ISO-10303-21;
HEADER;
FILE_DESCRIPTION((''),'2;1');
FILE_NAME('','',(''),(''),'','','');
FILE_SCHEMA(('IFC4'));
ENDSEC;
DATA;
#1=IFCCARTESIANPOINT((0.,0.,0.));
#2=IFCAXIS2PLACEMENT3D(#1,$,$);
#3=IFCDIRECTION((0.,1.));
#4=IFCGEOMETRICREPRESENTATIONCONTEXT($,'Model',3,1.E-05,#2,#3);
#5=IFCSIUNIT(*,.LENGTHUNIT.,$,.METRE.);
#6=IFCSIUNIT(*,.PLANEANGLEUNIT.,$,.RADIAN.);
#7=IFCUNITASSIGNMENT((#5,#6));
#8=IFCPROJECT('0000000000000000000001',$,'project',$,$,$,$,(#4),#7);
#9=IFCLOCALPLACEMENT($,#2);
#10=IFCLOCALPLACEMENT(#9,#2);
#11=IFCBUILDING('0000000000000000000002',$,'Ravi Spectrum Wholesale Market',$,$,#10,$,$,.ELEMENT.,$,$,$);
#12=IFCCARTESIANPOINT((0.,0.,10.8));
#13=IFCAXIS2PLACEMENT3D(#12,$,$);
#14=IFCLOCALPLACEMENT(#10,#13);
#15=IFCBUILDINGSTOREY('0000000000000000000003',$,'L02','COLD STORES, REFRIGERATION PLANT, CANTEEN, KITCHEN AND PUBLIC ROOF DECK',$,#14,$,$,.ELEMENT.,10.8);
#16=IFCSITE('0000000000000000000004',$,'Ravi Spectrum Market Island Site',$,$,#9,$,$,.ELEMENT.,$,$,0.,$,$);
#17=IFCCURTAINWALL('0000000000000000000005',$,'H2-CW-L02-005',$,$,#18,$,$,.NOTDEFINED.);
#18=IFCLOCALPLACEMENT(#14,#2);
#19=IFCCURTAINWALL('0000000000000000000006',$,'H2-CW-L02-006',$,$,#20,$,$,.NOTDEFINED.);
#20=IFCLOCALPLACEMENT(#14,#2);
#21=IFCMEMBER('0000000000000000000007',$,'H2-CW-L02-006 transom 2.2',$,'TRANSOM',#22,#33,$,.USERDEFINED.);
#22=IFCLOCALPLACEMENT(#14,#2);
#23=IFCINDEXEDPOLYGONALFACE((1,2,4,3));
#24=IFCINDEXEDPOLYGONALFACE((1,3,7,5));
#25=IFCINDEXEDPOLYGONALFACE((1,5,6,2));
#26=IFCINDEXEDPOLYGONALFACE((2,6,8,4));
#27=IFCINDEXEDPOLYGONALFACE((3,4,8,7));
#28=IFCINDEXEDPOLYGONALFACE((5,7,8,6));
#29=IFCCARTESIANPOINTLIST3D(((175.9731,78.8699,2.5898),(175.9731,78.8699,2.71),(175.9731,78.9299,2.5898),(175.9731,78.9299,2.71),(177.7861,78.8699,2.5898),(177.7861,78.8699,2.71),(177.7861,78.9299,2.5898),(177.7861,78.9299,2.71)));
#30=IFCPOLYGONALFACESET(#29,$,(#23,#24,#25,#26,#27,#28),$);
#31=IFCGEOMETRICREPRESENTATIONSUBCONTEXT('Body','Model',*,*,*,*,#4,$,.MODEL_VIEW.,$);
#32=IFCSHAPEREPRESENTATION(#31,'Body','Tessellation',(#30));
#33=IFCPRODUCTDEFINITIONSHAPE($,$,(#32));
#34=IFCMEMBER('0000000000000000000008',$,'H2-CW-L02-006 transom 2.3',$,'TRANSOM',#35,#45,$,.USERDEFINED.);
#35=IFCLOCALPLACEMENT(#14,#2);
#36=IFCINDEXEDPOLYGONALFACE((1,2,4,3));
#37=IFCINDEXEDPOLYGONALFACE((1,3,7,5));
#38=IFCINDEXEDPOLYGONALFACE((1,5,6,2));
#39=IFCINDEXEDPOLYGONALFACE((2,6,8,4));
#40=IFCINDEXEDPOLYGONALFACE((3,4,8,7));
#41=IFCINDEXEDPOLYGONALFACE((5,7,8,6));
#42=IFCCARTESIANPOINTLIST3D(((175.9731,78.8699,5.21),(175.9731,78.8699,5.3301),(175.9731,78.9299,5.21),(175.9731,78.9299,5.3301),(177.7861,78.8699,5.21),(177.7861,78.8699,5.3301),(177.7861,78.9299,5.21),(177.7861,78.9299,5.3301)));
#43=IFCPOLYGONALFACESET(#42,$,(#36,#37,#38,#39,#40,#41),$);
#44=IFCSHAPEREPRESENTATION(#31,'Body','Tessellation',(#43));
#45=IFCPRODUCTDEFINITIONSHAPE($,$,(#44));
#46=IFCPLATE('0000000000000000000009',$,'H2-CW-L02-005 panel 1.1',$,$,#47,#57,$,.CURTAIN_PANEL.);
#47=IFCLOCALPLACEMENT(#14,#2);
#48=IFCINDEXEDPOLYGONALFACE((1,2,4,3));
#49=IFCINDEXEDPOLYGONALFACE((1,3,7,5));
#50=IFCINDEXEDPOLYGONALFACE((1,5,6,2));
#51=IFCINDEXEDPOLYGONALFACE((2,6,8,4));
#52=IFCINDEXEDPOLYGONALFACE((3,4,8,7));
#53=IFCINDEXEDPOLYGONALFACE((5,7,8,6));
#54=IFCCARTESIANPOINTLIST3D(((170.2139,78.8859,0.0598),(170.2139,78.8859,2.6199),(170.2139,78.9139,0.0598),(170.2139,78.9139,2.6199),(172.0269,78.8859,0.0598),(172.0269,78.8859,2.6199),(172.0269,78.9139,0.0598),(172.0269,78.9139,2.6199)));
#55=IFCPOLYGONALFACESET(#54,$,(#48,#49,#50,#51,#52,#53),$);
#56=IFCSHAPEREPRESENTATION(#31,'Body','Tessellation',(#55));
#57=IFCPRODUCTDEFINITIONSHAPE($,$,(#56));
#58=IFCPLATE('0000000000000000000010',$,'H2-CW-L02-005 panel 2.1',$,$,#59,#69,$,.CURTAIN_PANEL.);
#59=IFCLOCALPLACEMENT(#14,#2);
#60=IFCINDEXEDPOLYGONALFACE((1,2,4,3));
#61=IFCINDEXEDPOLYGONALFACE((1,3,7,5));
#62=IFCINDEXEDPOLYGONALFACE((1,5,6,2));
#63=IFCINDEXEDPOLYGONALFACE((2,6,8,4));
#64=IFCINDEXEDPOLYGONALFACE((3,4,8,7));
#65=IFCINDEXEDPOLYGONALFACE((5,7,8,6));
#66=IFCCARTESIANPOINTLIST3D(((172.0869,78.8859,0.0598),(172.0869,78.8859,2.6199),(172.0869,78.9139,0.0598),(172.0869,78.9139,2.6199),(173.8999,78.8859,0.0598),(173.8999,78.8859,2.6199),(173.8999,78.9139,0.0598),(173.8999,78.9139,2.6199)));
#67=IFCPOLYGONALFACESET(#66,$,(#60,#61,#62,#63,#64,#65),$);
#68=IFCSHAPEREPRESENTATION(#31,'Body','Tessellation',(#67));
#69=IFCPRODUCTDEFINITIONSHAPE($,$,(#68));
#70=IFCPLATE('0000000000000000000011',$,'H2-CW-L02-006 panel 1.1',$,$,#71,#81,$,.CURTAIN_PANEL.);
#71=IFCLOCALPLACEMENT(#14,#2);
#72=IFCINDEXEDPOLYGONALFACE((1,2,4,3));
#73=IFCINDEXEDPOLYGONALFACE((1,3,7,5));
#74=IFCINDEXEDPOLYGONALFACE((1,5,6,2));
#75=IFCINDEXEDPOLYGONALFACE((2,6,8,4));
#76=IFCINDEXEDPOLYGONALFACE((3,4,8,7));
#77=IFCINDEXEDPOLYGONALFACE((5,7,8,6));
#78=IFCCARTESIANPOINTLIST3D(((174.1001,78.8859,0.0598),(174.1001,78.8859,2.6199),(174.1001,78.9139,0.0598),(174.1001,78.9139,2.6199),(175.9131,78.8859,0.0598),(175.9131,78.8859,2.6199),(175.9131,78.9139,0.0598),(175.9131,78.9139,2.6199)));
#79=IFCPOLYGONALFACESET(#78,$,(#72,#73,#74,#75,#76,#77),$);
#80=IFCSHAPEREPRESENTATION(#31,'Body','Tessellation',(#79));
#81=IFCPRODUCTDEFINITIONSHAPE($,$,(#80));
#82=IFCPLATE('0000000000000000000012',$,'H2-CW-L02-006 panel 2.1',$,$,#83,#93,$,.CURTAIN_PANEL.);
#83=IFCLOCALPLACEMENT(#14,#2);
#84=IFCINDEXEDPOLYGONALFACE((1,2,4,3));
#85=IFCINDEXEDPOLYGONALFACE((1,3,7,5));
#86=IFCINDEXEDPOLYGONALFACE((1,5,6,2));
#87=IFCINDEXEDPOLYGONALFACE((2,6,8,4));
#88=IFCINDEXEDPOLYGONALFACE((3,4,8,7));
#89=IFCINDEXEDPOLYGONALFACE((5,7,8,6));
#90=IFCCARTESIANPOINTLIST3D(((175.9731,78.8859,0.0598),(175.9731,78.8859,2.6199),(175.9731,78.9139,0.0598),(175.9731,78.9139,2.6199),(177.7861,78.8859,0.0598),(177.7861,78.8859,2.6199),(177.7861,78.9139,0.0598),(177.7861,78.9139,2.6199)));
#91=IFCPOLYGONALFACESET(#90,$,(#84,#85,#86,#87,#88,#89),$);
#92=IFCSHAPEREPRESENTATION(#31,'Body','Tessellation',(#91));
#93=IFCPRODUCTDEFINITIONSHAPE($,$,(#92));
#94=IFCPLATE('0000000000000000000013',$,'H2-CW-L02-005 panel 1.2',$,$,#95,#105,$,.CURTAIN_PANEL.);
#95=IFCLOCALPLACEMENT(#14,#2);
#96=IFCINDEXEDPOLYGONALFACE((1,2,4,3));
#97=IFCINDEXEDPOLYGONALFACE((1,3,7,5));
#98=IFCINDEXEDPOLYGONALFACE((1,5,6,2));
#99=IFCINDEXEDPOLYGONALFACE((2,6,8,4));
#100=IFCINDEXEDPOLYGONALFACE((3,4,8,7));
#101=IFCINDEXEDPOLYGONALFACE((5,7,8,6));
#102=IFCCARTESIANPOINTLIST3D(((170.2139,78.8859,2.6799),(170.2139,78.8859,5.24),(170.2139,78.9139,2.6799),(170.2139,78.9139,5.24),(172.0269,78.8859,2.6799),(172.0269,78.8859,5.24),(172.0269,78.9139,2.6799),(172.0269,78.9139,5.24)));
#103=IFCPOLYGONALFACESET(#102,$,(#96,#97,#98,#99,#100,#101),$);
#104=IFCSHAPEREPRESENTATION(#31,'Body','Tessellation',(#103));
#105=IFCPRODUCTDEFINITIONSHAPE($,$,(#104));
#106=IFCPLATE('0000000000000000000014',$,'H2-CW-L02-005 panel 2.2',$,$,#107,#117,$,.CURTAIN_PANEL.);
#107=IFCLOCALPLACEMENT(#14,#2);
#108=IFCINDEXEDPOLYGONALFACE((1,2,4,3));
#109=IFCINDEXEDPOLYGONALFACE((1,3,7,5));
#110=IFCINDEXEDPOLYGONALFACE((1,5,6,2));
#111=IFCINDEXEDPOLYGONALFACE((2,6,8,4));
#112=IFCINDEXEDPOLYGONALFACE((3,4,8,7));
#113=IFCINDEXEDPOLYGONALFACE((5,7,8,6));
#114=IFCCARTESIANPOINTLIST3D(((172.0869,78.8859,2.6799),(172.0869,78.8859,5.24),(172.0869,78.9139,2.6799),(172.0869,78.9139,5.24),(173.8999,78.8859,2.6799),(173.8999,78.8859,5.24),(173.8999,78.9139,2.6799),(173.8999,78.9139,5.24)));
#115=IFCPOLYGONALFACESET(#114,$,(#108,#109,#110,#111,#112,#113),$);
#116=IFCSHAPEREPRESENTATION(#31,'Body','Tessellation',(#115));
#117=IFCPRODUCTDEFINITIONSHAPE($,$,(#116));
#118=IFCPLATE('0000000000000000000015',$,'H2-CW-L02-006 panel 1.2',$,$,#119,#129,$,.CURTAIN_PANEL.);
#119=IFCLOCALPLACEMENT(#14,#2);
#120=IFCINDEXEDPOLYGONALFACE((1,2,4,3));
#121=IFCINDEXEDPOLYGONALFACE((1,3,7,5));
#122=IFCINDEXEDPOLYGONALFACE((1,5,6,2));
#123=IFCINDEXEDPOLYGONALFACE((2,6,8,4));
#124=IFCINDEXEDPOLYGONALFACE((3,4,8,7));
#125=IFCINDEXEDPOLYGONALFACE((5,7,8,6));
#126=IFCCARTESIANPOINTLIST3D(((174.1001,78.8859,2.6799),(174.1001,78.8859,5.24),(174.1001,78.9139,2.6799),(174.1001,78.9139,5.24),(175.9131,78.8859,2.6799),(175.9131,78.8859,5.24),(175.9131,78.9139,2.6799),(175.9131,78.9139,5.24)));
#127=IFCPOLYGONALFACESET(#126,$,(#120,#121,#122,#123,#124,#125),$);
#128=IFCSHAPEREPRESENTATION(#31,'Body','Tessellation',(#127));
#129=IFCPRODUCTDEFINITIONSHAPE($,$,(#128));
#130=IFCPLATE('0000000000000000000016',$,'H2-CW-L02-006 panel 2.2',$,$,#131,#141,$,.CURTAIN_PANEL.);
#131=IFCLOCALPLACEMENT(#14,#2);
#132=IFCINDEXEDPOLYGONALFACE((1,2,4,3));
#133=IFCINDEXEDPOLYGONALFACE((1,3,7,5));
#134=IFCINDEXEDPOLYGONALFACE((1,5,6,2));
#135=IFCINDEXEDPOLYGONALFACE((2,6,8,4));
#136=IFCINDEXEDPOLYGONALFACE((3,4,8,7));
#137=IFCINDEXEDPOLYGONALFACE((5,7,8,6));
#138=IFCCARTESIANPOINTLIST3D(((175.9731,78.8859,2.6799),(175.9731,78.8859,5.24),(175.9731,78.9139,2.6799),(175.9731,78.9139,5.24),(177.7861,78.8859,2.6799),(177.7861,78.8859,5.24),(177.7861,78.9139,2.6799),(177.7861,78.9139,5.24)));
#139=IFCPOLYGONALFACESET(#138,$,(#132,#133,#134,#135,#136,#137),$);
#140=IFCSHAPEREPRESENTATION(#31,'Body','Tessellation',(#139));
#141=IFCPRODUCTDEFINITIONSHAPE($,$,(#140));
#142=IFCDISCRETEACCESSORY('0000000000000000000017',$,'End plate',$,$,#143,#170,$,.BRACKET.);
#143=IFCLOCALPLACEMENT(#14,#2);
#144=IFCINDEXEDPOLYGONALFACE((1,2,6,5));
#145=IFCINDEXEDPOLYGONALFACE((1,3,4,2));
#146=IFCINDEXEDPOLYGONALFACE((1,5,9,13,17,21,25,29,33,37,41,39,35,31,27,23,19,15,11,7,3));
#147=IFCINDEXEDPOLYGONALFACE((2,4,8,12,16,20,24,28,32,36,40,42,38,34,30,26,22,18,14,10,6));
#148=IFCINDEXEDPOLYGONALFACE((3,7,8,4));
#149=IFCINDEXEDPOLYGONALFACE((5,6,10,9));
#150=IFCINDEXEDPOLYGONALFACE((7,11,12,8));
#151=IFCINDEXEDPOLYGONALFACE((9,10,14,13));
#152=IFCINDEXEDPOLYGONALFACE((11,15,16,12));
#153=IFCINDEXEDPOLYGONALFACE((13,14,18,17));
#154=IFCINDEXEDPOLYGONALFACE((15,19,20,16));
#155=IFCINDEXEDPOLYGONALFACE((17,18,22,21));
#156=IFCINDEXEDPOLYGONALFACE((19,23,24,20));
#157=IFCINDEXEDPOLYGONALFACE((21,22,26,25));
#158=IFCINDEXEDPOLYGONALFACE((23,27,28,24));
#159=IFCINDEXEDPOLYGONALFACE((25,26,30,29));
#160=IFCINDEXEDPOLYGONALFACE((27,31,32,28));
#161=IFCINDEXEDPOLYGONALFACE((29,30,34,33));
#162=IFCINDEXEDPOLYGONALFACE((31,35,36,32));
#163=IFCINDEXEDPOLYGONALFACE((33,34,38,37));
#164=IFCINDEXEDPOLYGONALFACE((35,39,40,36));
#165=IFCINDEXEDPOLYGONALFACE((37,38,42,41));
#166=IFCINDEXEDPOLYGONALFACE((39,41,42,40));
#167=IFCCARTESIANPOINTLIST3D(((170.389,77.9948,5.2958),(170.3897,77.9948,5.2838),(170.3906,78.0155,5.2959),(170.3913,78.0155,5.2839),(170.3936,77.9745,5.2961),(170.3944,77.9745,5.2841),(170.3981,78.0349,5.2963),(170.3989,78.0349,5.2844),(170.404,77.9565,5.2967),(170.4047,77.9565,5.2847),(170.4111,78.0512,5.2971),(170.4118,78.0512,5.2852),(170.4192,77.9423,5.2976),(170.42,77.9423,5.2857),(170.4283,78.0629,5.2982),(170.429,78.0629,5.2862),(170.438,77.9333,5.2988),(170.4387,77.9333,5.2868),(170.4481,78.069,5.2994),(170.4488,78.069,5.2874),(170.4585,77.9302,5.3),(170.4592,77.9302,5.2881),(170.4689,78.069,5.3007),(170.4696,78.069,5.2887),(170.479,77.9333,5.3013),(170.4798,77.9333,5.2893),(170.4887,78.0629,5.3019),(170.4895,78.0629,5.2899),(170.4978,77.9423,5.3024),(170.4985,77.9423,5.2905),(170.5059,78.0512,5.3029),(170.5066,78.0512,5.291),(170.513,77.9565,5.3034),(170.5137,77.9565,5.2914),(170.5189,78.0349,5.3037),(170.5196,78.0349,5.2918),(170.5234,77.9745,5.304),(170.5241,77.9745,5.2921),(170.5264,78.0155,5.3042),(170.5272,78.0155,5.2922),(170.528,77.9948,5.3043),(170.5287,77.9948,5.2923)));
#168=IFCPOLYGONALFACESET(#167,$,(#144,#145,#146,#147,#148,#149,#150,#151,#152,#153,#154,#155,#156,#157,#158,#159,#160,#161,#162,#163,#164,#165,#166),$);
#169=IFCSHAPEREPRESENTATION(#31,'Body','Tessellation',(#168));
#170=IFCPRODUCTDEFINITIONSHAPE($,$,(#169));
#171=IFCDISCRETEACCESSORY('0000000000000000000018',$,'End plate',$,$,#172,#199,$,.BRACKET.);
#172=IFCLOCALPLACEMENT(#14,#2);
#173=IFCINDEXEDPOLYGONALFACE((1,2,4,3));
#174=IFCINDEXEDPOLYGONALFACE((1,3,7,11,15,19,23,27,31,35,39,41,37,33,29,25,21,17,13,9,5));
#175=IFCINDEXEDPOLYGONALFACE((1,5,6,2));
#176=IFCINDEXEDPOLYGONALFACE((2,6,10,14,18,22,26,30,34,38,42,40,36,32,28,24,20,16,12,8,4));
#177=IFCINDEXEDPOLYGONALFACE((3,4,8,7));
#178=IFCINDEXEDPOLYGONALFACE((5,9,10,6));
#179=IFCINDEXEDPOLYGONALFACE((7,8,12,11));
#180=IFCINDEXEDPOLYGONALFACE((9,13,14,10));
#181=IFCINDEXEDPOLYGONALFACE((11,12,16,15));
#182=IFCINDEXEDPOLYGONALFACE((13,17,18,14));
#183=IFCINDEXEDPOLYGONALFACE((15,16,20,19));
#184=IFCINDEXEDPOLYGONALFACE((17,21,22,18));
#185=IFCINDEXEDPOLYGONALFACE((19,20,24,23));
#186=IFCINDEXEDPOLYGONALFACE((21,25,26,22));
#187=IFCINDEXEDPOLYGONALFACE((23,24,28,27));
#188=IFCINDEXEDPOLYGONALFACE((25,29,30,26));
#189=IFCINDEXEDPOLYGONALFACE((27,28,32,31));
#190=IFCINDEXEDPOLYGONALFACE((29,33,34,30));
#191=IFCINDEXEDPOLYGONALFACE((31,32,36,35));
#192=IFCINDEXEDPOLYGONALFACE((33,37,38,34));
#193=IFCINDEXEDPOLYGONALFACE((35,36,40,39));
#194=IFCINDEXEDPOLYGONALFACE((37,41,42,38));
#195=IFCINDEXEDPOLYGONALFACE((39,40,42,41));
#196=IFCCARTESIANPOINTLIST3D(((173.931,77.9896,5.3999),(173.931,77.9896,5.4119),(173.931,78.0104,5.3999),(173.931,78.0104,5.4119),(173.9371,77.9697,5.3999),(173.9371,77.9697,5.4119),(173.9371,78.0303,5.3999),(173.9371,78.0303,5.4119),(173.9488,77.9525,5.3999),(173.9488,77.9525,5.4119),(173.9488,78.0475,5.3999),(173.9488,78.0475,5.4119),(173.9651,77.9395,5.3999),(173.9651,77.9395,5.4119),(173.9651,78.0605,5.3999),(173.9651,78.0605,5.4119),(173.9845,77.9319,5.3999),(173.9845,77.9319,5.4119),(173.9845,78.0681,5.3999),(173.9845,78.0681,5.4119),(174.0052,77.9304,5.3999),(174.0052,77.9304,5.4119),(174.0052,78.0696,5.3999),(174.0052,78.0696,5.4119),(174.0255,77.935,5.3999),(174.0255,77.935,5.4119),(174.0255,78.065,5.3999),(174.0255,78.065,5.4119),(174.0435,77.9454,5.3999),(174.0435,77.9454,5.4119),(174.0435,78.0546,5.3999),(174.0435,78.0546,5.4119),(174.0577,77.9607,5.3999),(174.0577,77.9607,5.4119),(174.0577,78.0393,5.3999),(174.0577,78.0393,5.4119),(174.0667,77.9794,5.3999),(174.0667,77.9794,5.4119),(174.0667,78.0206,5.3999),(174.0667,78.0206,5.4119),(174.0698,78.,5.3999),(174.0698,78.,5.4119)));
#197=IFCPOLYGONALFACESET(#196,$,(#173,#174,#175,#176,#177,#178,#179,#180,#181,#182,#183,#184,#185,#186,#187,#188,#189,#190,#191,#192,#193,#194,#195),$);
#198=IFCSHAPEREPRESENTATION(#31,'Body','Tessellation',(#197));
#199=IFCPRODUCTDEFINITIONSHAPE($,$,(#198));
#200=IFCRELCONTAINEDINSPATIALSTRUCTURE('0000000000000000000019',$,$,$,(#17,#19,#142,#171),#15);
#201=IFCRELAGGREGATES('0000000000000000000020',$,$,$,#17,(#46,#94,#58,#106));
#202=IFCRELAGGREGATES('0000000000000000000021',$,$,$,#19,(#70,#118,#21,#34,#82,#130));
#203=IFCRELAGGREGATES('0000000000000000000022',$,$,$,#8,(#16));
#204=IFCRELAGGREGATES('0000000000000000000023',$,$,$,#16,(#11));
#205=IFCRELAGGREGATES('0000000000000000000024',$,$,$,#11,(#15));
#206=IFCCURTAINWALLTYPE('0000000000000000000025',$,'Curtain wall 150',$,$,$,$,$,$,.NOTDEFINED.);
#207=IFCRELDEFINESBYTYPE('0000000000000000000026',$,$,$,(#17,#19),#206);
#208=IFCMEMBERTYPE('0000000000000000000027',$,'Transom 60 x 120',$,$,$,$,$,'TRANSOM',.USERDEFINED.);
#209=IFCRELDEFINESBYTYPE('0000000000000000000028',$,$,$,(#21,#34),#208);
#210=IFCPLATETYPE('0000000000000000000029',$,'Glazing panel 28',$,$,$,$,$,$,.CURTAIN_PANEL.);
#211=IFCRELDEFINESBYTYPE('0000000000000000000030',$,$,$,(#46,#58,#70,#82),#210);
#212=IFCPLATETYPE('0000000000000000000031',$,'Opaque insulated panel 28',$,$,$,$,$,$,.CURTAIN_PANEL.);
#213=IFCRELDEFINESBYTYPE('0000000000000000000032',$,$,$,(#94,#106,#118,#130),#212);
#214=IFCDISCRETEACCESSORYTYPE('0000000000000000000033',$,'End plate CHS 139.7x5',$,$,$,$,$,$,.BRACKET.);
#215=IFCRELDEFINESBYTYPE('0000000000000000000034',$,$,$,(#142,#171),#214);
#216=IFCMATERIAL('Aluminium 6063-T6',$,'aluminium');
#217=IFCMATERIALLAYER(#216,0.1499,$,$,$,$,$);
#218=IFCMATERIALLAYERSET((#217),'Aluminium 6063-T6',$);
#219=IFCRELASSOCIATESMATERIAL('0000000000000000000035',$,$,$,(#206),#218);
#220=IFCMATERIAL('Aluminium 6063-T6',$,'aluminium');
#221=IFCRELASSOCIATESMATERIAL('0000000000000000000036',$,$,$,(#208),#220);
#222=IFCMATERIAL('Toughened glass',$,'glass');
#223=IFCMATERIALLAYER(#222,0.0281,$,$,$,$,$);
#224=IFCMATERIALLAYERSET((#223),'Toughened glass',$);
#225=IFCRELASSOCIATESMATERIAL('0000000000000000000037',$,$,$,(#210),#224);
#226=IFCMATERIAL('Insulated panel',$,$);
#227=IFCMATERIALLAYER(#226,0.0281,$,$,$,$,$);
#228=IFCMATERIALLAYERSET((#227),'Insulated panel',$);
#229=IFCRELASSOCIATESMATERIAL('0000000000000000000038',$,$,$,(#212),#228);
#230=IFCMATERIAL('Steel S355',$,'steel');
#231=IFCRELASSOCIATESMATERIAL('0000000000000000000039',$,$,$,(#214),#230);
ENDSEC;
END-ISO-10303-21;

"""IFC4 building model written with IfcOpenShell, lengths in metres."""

from ifc_helpers import new_model, si_unit, direction, frame, origin, origin_2d, place, context, subcontext, project, spatial, rectangle, circle, extrude, material, layer, layer_set, material_profile, profile_set, type_object, element, aggregate, save


model = new_model("IFC4")

# Units and contexts
model_context = context("Model", 3, precision=1e-05, world=origin(), true_north=direction((0.0, 1.0)))
body_context = subcontext(model_context, "Body", "Model", "MODEL_VIEW")
ifc_project = project(units=[si_unit("LENGTHUNIT", "METRE"), si_unit("PLANEANGLEUNIT", "RADIAN")], contexts=[model_context])

# Site, building, storey
site_placement = place(None, origin())
site = spatial("IfcSite", under=ifc_project, at=site_placement, Name="Ravi Spectrum Market Island Site", CompositionType="ELEMENT", RefElevation=0.0)
building_placement = place(site_placement, origin())
building = spatial("IfcBuilding", under=site, at=building_placement, Name="Ravi Spectrum Wholesale Market", CompositionType="ELEMENT")
storey_placement = place(building_placement, frame((0.0, 0.0, 10.8)))
storey = spatial("IfcBuildingStorey", under=building, at=storey_placement, Name="L02", Description="COLD STORES, REFRIGERATION PLANT, CANTEEN, KITCHEN AND PUBLIC ROOF DECK", CompositionType="ELEMENT", Elevation=10.8)

# Curtain walls
ifc_material_1 = material(Name="Aluminium 6063-T6", Category="aluminium")
ifc_layer_1 = layer(ifc_material_1, 0.1499)
ifc_layer_set_1 = layer_set([ifc_layer_1], Name="Aluminium 6063-T6")
curtain_wall_type = type_object("IfcCurtainWallType", Name="Curtain wall 150", PredefinedType="NOTDEFINED", material=ifc_layer_set_1)
curtain_wall_1_placement = place(storey_placement, origin())
curtain_wall_1 = element("IfcCurtainWall", 1, at=curtain_wall_1_placement, inside=storey, type_object=curtain_wall_type, Name="H2-CW-L02-005", PredefinedType="NOTDEFINED")
curtain_wall_2_placement = place(storey_placement, origin())
curtain_wall_2 = element("IfcCurtainWall", 2, at=curtain_wall_2_placement, inside=storey, type_object=curtain_wall_type, Name="H2-CW-L02-006", PredefinedType="NOTDEFINED")

# Members
ifc_material_2 = material(Name="Aluminium 6063-T6", Category="aluminium")
ifc_material_profile_1 = material_profile(ifc_material_2, rectangle(XDim=0.0601, YDim=0.1201, at=origin_2d()))
ifc_profile_set_1 = profile_set([ifc_material_profile_1], Name="Aluminium 6063-T6")
member_type_1 = type_object("IfcMemberType", Name="Transom 60 x 120", ElementType="TRANSOM", PredefinedType="USERDEFINED", material=ifc_profile_set_1)
member_1_placement = place(storey_placement, frame((175.9731, 78.8999, 2.6499), z_axis=(1.0, 0.0, 0.0), x_axis=(0.0, 1.0, 0.0)))
member_1 = element("IfcMember", 3, at=member_1_placement, type_object=member_type_1, Name="H2-CW-L02-006 transom 2.2", ObjectType="TRANSOM", PredefinedType="USERDEFINED", context=body_context, shape_type="SweptSolid", body=[
    extrude(rectangle(XDim=0.0601, YDim=0.1201, at=origin_2d()), origin(), (0.0, 0.0, 1.0), 1.813),
])
member_2_placement = place(storey_placement, frame((175.9731, 78.8999, 5.27), z_axis=(1.0, 0.0, 0.0), x_axis=(0.0, 1.0, 0.0)))
member_2 = element("IfcMember", 4, at=member_2_placement, type_object=member_type_1, Name="H2-CW-L02-006 transom 2.3", ObjectType="TRANSOM", PredefinedType="USERDEFINED", context=body_context, shape_type="SweptSolid", body=[
    extrude(rectangle(XDim=0.0601, YDim=0.1201, at=origin_2d()), origin(), (0.0, 0.0, 1.0), 1.813),
])

# Plates
ifc_material_3 = material(Name="Toughened glass", Category="glass")
ifc_layer_2 = layer(ifc_material_3, 0.0281)
ifc_layer_set_2 = layer_set([ifc_layer_2], Name="Toughened glass")
plate_type_1 = type_object("IfcPlateType", Name="Glazing panel 28", PredefinedType="CURTAIN_PANEL", material=ifc_layer_set_2)
plate_1_placement = place(storey_placement, frame((171.1204, 78.8999, 0.0598), z_axis=(0.0, 0.0, 1.0), x_axis=(1.0, 0.0, 0.0)))
plate_1 = element("IfcPlate", 5, at=plate_1_placement, type_object=plate_type_1, Name="H2-CW-L02-005 panel 1.1", PredefinedType="CURTAIN_PANEL", context=body_context, shape_type="SweptSolid", body=[
    extrude(rectangle(XDim=1.813, YDim=0.0281, at=origin_2d()), origin(), (0.0, 0.0, 1.0), 2.5601),
])
plate_2_placement = place(storey_placement, frame((172.9934, 78.8999, 0.0598), z_axis=(0.0, 0.0, 1.0), x_axis=(1.0, 0.0, 0.0)))
plate_2 = element("IfcPlate", 6, at=plate_2_placement, type_object=plate_type_1, Name="H2-CW-L02-005 panel 2.1", PredefinedType="CURTAIN_PANEL", context=body_context, shape_type="SweptSolid", body=[
    extrude(rectangle(XDim=1.813, YDim=0.0281, at=origin_2d()), origin(), (0.0, 0.0, 1.0), 2.5601),
])
plate_3_placement = place(storey_placement, frame((175.0066, 78.8999, 0.0598), z_axis=(0.0, 0.0, 1.0), x_axis=(1.0, 0.0, 0.0)))
plate_3 = element("IfcPlate", 7, at=plate_3_placement, type_object=plate_type_1, Name="H2-CW-L02-006 panel 1.1", PredefinedType="CURTAIN_PANEL", context=body_context, shape_type="SweptSolid", body=[
    extrude(rectangle(XDim=1.813, YDim=0.0281, at=origin_2d()), origin(), (0.0, 0.0, 1.0), 2.5601),
])
plate_4_placement = place(storey_placement, frame((176.8796, 78.8999, 0.0598), z_axis=(0.0, 0.0, 1.0), x_axis=(1.0, 0.0, 0.0)))
plate_4 = element("IfcPlate", 8, at=plate_4_placement, type_object=plate_type_1, Name="H2-CW-L02-006 panel 2.1", PredefinedType="CURTAIN_PANEL", context=body_context, shape_type="SweptSolid", body=[
    extrude(rectangle(XDim=1.813, YDim=0.0281, at=origin_2d()), origin(), (0.0, 0.0, 1.0), 2.5601),
])
ifc_material_4 = material(Name="Insulated panel")
ifc_layer_3 = layer(ifc_material_4, 0.0281)
ifc_layer_set_3 = layer_set([ifc_layer_3], Name="Insulated panel")
plate_type_2 = type_object("IfcPlateType", Name="Opaque insulated panel 28", PredefinedType="CURTAIN_PANEL", material=ifc_layer_set_3)
plate_5_placement = place(storey_placement, frame((171.1204, 78.8999, 2.6799), z_axis=(0.0, 0.0, 1.0), x_axis=(1.0, 0.0, 0.0)))
plate_5 = element("IfcPlate", 9, at=plate_5_placement, type_object=plate_type_2, Name="H2-CW-L02-005 panel 1.2", PredefinedType="CURTAIN_PANEL", context=body_context, shape_type="SweptSolid", body=[
    extrude(rectangle(XDim=1.813, YDim=0.0281, at=origin_2d()), origin(), (0.0, 0.0, 1.0), 2.5601),
])
plate_6_placement = place(storey_placement, frame((172.9934, 78.8999, 2.6799), z_axis=(0.0, 0.0, 1.0), x_axis=(1.0, 0.0, 0.0)))
plate_6 = element("IfcPlate", 10, at=plate_6_placement, type_object=plate_type_2, Name="H2-CW-L02-005 panel 2.2", PredefinedType="CURTAIN_PANEL", context=body_context, shape_type="SweptSolid", body=[
    extrude(rectangle(XDim=1.813, YDim=0.0281, at=origin_2d()), origin(), (0.0, 0.0, 1.0), 2.5601),
])
aggregate(curtain_wall_1, [plate_1, plate_5, plate_2, plate_6])
plate_7_placement = place(storey_placement, frame((175.0066, 78.8999, 2.6799), z_axis=(0.0, 0.0, 1.0), x_axis=(1.0, 0.0, 0.0)))
plate_7 = element("IfcPlate", 11, at=plate_7_placement, type_object=plate_type_2, Name="H2-CW-L02-006 panel 1.2", PredefinedType="CURTAIN_PANEL", context=body_context, shape_type="SweptSolid", body=[
    extrude(rectangle(XDim=1.813, YDim=0.0281, at=origin_2d()), origin(), (0.0, 0.0, 1.0), 2.5601),
])
plate_8_placement = place(storey_placement, frame((176.8796, 78.8999, 2.6799), z_axis=(0.0, 0.0, 1.0), x_axis=(1.0, 0.0, 0.0)))
plate_8 = element("IfcPlate", 12, at=plate_8_placement, type_object=plate_type_2, Name="H2-CW-L02-006 panel 2.2", PredefinedType="CURTAIN_PANEL", context=body_context, shape_type="SweptSolid", body=[
    extrude(rectangle(XDim=1.813, YDim=0.0281, at=origin_2d()), origin(), (0.0, 0.0, 1.0), 2.5601),
])
aggregate(curtain_wall_2, [plate_3, plate_7, member_1, member_2, plate_4, plate_8])

# Discrete accessories
ifc_material_5 = material(Name="Steel S355", Category="steel")
ifc_material_profile_2 = material_profile(ifc_material_5, circle(Radius=0.0698, at=origin_2d()))
ifc_profile_set_2 = profile_set([ifc_material_profile_2], Name="Steel S355")
discrete_accessory_type_1 = type_object("IfcDiscreteAccessoryType", Name="End plate CHS 139.7x5", PredefinedType="BRACKET", material=ifc_profile_set_2)
for number, where, z_axis, x_axis, name in (
    (13, (170.4592, 78.0, 5.2881), (-0.06111, 0.0, 0.998131), (0.0, -1.0, 0.0), "End plate"),
    (14, (174.0, 78.0, 5.3999), (0.0, 0.0, 1.0), (1.0, 0.0, 0.0), "End plate"),
):
    element("IfcDiscreteAccessory", number, at=place(storey_placement, frame(where, z_axis=z_axis, x_axis=x_axis)), inside=storey, type_object=discrete_accessory_type_1, Name=name, PredefinedType="BRACKET", context=body_context, shape_type="SweptSolid", body=[
        extrude(circle(Radius=0.0698, at=origin_2d()), origin(), (0.0, 0.0, 1.0), 0.012),
    ])

save(model, "model.ifc")
